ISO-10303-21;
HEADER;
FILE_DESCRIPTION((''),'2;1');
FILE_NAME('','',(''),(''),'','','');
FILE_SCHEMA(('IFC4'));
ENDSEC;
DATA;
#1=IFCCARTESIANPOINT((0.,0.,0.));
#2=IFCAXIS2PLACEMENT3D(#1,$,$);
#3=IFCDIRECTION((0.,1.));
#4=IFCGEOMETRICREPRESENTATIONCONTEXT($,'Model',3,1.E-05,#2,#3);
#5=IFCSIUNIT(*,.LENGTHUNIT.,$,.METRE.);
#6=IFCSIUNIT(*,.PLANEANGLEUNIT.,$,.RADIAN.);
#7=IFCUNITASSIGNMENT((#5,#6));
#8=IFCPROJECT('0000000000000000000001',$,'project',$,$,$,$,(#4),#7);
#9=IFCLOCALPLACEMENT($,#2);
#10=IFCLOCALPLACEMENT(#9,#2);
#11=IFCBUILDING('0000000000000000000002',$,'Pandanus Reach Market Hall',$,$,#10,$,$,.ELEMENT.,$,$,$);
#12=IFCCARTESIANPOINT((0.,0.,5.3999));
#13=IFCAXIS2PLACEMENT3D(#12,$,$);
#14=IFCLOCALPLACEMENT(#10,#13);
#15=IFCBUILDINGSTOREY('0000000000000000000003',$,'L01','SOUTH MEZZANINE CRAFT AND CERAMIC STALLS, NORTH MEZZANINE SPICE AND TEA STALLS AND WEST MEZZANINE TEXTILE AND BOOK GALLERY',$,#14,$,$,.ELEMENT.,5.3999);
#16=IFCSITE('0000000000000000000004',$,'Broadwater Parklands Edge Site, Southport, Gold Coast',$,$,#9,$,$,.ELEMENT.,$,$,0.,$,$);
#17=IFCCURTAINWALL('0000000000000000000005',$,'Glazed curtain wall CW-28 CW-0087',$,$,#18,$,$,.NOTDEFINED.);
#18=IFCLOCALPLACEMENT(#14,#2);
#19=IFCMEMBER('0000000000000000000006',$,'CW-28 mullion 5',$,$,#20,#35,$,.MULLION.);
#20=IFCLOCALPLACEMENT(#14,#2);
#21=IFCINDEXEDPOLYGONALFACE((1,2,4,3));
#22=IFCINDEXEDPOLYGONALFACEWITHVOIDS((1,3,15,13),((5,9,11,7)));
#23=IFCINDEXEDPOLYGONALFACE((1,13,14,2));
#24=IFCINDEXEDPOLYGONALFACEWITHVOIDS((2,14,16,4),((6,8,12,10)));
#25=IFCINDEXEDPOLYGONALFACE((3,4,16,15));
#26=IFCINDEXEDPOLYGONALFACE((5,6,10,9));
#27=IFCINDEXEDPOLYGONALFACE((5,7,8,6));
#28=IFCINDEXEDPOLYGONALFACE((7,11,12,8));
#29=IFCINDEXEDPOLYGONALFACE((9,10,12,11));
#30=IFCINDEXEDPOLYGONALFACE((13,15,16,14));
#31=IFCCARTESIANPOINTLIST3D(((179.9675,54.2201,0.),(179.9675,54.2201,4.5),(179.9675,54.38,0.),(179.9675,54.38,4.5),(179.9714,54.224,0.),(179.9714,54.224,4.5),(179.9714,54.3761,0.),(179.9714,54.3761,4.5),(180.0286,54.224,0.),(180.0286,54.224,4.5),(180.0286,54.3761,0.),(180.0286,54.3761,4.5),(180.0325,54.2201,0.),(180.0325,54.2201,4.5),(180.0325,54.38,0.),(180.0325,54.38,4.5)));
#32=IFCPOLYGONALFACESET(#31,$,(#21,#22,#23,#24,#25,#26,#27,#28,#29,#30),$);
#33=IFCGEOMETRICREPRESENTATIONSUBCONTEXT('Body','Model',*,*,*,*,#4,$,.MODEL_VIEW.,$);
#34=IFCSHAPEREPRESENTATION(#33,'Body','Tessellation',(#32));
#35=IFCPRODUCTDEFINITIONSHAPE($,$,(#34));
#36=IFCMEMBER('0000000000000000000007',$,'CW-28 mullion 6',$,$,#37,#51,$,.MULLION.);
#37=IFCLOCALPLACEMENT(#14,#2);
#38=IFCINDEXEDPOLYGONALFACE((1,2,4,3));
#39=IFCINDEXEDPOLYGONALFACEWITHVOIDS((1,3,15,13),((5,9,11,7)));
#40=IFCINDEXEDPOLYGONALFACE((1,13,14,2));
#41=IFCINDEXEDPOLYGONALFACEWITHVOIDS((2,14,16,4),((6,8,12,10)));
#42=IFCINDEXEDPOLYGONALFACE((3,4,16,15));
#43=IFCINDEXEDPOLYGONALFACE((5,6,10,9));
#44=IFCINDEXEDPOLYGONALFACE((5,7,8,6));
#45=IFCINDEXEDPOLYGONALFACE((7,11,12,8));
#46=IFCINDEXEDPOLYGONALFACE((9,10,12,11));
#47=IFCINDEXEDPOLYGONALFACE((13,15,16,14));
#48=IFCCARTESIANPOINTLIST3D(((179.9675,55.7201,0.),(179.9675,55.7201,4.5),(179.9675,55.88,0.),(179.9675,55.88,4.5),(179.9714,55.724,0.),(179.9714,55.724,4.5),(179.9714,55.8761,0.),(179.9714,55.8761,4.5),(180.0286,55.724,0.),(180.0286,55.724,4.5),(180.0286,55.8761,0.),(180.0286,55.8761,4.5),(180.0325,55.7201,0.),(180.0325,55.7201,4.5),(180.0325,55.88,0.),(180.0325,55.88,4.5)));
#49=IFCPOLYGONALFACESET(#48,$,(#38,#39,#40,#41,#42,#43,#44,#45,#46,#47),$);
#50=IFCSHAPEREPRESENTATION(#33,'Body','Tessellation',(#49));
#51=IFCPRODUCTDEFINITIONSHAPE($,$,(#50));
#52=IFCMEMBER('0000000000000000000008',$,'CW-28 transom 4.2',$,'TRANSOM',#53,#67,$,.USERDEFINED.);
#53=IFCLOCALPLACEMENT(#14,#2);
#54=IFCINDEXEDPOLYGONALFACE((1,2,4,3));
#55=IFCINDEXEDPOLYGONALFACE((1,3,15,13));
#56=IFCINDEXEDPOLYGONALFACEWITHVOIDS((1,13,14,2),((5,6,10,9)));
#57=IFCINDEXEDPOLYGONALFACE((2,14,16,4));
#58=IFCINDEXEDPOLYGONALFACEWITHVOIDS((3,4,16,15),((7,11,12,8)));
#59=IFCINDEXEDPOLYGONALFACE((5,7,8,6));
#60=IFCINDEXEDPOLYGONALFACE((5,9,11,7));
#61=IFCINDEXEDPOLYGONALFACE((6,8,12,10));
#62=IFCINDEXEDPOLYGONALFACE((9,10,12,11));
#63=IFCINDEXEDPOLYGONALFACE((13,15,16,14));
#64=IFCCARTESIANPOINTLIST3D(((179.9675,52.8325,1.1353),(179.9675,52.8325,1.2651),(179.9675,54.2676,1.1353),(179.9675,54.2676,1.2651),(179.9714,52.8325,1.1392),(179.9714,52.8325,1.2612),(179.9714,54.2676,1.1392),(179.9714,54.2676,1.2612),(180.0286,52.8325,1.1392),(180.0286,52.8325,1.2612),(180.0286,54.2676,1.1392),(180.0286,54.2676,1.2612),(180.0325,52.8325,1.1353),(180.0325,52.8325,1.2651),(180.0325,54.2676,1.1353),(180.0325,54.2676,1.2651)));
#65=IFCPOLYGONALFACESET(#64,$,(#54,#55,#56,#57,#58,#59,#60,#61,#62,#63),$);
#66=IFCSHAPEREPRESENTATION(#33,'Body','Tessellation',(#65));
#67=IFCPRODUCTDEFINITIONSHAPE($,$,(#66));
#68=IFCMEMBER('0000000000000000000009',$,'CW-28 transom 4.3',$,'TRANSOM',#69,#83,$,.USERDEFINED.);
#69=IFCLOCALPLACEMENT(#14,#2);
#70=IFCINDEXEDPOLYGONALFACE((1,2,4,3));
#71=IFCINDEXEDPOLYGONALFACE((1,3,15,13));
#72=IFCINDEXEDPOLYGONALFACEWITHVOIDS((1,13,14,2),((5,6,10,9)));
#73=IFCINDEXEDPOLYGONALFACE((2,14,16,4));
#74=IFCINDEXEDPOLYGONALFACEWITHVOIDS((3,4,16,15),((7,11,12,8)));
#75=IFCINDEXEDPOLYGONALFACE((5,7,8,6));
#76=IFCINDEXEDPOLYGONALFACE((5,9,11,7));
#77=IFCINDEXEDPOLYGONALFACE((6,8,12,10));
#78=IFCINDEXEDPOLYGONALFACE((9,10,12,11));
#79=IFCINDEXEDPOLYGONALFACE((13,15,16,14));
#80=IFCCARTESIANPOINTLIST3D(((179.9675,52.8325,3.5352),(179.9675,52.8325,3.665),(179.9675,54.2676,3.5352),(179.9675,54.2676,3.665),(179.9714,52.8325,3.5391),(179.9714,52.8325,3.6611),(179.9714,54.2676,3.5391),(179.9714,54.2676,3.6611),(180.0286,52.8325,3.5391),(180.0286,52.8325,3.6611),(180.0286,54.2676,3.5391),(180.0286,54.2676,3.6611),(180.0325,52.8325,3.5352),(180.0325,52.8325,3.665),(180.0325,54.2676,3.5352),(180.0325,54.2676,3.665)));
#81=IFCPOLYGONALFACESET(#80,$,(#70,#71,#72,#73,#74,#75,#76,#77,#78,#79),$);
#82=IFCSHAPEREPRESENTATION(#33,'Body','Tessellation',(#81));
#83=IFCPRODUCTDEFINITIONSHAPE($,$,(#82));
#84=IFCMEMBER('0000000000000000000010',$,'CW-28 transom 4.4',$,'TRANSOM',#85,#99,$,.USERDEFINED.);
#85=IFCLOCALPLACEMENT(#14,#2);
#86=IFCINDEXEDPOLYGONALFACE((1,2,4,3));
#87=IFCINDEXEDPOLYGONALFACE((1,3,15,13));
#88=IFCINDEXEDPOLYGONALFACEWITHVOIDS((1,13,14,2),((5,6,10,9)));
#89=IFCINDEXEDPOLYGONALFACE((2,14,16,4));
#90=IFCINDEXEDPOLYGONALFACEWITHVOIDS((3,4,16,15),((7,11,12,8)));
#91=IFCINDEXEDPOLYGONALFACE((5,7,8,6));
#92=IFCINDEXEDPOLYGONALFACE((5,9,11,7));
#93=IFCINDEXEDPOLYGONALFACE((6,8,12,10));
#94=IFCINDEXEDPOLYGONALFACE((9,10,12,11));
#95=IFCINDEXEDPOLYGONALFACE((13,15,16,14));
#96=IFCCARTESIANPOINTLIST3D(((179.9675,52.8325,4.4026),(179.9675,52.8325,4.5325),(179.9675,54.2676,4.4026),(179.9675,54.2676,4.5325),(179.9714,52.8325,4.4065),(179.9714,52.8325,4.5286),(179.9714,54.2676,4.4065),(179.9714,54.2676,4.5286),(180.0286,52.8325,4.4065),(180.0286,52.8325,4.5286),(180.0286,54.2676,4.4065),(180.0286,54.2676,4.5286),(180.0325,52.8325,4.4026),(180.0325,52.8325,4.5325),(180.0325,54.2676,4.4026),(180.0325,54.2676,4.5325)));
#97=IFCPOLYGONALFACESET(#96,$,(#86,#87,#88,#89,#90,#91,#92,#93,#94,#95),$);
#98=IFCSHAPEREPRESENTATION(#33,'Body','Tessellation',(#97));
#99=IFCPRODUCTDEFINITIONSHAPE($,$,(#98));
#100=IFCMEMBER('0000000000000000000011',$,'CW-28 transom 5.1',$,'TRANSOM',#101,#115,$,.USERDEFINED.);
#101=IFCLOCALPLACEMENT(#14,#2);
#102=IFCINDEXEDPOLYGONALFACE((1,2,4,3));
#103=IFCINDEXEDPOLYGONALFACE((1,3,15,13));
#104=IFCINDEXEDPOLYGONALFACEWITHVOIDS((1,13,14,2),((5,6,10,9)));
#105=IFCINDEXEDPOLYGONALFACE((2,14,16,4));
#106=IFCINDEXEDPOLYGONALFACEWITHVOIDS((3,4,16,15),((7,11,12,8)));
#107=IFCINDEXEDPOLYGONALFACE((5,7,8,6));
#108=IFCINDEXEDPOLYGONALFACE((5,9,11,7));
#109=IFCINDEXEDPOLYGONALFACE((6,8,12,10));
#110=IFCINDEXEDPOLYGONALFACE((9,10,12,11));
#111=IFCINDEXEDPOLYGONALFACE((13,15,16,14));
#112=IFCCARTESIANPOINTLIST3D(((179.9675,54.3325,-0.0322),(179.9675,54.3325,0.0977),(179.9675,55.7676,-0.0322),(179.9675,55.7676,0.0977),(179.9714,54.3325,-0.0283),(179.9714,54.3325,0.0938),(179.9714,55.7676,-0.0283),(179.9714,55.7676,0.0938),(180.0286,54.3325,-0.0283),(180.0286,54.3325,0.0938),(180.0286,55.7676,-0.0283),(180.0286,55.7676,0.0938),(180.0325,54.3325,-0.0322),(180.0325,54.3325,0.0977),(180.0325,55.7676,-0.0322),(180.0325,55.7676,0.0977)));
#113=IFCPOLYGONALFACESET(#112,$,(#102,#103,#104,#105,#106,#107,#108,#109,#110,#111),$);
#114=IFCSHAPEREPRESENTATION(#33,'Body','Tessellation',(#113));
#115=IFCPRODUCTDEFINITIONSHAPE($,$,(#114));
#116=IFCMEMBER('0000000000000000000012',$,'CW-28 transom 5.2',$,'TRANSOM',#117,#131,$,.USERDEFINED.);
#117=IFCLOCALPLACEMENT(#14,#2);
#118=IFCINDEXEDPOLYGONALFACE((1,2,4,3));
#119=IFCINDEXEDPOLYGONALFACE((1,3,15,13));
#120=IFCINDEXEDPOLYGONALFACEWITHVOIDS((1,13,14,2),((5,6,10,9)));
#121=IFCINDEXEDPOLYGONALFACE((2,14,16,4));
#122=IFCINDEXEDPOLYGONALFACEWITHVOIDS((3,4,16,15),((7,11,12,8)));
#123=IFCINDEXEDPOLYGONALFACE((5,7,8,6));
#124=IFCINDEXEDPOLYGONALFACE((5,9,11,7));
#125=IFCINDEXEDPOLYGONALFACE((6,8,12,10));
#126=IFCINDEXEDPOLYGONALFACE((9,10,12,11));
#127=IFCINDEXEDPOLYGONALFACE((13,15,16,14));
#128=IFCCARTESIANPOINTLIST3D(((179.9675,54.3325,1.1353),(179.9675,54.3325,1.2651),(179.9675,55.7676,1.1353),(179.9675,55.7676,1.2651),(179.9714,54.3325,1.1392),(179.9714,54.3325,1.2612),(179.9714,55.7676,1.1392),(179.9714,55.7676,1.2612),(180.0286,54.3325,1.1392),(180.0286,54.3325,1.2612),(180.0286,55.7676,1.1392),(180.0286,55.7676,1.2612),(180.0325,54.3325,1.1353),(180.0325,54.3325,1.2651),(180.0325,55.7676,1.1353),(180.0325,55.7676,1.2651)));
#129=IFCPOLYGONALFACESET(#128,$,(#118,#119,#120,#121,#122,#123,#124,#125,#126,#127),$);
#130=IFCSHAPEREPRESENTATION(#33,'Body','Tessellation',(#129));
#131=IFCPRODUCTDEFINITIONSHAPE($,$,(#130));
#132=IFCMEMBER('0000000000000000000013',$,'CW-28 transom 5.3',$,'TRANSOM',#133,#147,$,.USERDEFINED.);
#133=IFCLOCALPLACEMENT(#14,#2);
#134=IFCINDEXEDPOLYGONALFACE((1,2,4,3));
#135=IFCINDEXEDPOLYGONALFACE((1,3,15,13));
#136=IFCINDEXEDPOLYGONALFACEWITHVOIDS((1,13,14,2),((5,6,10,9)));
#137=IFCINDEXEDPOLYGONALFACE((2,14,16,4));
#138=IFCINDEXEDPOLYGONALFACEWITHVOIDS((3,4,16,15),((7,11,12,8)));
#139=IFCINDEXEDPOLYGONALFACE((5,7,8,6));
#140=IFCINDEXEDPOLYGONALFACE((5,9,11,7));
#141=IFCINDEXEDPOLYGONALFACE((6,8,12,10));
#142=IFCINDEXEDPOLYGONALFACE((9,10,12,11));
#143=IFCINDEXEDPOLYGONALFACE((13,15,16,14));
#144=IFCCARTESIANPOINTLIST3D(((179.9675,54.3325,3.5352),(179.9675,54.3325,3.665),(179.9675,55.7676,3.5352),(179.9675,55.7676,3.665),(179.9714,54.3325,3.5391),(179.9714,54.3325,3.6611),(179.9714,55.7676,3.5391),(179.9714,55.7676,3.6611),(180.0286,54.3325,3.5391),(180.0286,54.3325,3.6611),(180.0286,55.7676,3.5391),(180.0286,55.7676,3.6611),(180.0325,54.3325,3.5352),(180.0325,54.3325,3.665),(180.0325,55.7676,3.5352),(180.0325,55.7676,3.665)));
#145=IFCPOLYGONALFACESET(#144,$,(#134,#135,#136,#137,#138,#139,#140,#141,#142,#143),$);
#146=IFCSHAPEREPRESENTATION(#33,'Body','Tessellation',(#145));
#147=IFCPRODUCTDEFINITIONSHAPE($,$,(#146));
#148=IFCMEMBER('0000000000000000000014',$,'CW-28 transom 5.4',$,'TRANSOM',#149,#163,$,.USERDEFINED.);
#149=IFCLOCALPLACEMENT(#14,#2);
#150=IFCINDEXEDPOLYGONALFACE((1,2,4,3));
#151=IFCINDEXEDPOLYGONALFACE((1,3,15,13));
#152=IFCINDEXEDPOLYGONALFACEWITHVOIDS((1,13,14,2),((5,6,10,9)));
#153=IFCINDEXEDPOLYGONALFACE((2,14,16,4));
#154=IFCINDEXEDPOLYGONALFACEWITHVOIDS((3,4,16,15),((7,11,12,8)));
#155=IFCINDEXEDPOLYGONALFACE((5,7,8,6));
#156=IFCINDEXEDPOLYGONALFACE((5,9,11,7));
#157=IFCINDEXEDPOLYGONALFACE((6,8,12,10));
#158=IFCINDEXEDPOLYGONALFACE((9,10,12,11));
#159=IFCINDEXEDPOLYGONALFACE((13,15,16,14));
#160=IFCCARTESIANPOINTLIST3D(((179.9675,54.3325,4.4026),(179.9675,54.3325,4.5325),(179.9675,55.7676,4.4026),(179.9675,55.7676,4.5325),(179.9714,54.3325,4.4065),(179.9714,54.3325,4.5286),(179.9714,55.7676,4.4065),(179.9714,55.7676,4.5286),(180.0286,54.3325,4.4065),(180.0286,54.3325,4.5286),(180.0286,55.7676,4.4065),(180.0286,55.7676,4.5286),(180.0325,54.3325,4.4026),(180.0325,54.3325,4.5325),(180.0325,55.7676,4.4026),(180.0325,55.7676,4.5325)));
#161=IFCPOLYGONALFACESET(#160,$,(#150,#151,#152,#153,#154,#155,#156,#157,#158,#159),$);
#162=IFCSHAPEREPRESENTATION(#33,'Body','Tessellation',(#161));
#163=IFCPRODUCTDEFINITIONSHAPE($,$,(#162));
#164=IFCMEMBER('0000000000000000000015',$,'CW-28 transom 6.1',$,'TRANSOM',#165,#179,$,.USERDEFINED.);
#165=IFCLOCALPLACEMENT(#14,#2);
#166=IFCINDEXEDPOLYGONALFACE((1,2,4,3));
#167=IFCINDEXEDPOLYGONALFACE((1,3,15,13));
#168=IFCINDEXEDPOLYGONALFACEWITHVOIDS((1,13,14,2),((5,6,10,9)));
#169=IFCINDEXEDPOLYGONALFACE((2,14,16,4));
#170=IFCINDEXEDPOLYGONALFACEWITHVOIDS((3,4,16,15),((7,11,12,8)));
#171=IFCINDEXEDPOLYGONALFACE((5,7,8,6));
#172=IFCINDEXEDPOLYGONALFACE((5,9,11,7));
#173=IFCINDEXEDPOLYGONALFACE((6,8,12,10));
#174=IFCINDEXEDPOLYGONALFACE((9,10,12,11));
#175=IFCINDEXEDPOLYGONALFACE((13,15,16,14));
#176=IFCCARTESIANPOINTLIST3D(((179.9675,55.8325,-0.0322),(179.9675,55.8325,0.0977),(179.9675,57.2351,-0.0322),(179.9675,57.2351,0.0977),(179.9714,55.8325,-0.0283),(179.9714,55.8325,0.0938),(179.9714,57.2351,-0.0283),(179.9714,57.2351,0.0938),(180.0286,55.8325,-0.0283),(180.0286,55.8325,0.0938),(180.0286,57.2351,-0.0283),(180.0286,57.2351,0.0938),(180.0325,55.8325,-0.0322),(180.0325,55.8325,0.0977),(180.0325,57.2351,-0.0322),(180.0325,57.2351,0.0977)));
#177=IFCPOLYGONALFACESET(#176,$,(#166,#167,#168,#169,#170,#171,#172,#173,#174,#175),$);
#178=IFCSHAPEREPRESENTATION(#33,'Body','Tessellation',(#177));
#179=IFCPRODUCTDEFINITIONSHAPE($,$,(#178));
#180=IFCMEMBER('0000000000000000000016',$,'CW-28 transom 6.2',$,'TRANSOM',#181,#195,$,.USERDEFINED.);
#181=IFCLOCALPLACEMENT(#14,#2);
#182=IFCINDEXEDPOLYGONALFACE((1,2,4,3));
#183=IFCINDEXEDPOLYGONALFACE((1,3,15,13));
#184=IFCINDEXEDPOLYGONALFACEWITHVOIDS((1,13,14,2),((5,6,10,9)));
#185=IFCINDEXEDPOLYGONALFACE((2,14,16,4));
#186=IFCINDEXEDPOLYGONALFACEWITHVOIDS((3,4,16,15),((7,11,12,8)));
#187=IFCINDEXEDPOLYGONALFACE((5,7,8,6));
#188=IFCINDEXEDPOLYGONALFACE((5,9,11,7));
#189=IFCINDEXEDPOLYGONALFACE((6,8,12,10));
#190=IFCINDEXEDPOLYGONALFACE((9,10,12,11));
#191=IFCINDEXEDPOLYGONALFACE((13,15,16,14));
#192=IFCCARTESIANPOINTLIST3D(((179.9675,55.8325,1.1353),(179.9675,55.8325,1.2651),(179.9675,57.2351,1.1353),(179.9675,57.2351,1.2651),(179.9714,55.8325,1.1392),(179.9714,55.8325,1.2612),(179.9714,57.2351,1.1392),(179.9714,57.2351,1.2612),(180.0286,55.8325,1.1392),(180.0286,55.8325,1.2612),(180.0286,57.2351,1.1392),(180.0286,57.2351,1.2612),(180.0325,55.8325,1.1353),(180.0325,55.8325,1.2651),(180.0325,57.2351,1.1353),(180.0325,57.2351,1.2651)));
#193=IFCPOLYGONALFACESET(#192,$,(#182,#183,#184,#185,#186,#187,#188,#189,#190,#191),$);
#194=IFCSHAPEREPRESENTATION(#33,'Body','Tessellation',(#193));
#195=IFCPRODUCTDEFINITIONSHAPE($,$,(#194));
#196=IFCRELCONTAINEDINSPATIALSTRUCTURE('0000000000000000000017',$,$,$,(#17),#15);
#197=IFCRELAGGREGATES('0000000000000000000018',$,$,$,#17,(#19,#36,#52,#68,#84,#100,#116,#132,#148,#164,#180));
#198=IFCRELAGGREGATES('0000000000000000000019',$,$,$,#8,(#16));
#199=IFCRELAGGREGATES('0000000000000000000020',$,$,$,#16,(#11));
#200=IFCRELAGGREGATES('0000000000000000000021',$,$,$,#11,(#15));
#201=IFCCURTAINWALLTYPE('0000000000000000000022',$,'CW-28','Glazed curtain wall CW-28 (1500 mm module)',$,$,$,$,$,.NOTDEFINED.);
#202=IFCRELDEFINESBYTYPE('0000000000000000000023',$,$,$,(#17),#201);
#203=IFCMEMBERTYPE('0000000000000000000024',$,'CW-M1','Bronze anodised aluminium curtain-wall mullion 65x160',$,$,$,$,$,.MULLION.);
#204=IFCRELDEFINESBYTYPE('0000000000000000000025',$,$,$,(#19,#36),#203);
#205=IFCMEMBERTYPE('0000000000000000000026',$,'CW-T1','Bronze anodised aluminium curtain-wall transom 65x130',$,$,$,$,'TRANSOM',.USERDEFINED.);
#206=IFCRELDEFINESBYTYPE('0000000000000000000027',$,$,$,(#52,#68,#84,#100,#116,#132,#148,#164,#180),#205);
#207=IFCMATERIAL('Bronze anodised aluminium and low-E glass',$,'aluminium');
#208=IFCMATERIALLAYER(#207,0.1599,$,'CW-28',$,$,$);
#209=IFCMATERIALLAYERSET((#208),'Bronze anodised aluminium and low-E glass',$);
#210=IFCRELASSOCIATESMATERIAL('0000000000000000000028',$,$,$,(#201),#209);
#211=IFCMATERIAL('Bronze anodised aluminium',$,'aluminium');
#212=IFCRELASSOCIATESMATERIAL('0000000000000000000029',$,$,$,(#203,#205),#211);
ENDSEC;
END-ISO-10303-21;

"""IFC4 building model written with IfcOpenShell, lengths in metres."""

from ifc_helpers import new_model, si_unit, direction, frame, origin, origin_2d, place, context, subcontext, project, spatial, hollow_rectangle, extrude, material, layer, layer_set, material_profile, profile_set, type_object, element, aggregate, save


model = new_model("IFC4")

# Units and contexts
model_context = context("Model", 3, precision=1e-05, world=origin(), true_north=direction((0.0, 1.0)))
body_context = subcontext(model_context, "Body", "Model", "MODEL_VIEW")
ifc_project = project(units=[si_unit("LENGTHUNIT", "METRE"), si_unit("PLANEANGLEUNIT", "RADIAN")], contexts=[model_context])

# Site, building, storey
site_placement = place(None, origin())
site = spatial("IfcSite", under=ifc_project, at=site_placement, Name="Broadwater Parklands Edge Site, Southport, Gold Coast", CompositionType="ELEMENT", RefElevation=0.0)
building_placement = place(site_placement, origin())
building = spatial("IfcBuilding", under=site, at=building_placement, Name="Pandanus Reach Market Hall", CompositionType="ELEMENT")
storey_placement = place(building_placement, frame((0.0, 0.0, 5.3999)))
storey = spatial("IfcBuildingStorey", under=building, at=storey_placement, Name="L01", Description="SOUTH MEZZANINE CRAFT AND CERAMIC STALLS, NORTH MEZZANINE SPICE AND TEA STALLS AND WEST MEZZANINE TEXTILE AND BOOK GALLERY", CompositionType="ELEMENT", Elevation=5.3999)

# Curtain wall, members
ifc_material_1 = material(Name="Bronze anodised aluminium and low-E glass", Category="aluminium")
ifc_layer_1 = layer(ifc_material_1, 0.1599, Name="CW-28")
ifc_layer_set_1 = layer_set([ifc_layer_1], Name="Bronze anodised aluminium and low-E glass")
curtain_wall_type = type_object("IfcCurtainWallType", Name="CW-28", Description="Glazed curtain wall CW-28 (1500 mm module)", PredefinedType="NOTDEFINED", material=ifc_layer_set_1)
curtain_wall_placement = place(storey_placement, origin())
curtain_wall = element("IfcCurtainWall", 1, at=curtain_wall_placement, inside=storey, type_object=curtain_wall_type, Name="Glazed curtain wall CW-28 CW-0087", PredefinedType="NOTDEFINED")
ifc_material_2 = material(Name="Bronze anodised aluminium", Category="aluminium")
ifc_material_profile_1 = material_profile(ifc_material_2, hollow_rectangle(XDim=0.0649, YDim=0.1599, WallThickness=0.0039, at=origin_2d()), Name="ALU65x160", Category="LoadBearing")
ifc_profile_set_1 = profile_set([ifc_material_profile_1], Name="Bronze anodised aluminium")
member_type_1 = type_object("IfcMemberType", Name="CW-M1", Description="Bronze anodised aluminium curtain-wall mullion 65x160", PredefinedType="MULLION", material=ifc_profile_set_1)
member_1_placement = place(storey_placement, frame((180.0, 54.3, 0.0), z_axis=(0.0, 0.0, 1.0), x_axis=(-1.0, 0.0, 0.0)))
member_1 = element("IfcMember", 2, at=member_1_placement, type_object=member_type_1, Name="CW-28 mullion 5", PredefinedType="MULLION", context=body_context, shape_type="SweptSolid", body=[
    extrude(hollow_rectangle(XDim=0.0649, YDim=0.1599, WallThickness=0.0039, at=origin_2d()), origin(), (0.0, 0.0, 1.0), 4.5),
])
member_2_placement = place(storey_placement, frame((180.0, 55.8, 0.0), z_axis=(0.0, 0.0, 1.0), x_axis=(-1.0, 0.0, 0.0)))
member_2 = element("IfcMember", 3, at=member_2_placement, type_object=member_type_1, Name="CW-28 mullion 6", PredefinedType="MULLION", context=body_context, shape_type="SweptSolid", body=[
    extrude(hollow_rectangle(XDim=0.0649, YDim=0.1599, WallThickness=0.0039, at=origin_2d()), origin(), (0.0, 0.0, 1.0), 4.5),
])
ifc_material_profile_2 = material_profile(ifc_material_2, hollow_rectangle(XDim=0.0649, YDim=0.1299, WallThickness=0.0039, at=origin_2d()), Name="ALU65x130", Category="LoadBearing")
ifc_profile_set_2 = profile_set([ifc_material_profile_2], Name="Bronze anodised aluminium")
member_type_2 = type_object("IfcMemberType", Name="CW-T1", Description="Bronze anodised aluminium curtain-wall transom 65x130", ElementType="TRANSOM", PredefinedType="USERDEFINED", material=ifc_profile_set_2)
member_3_placement = place(storey_placement, frame((180.0, 52.8325, 1.2002), z_axis=(0.0, 1.0, 0.0), x_axis=(-1.0, 0.0, 0.0)))
member_3 = element("IfcMember", 4, at=member_3_placement, type_object=member_type_2, Name="CW-28 transom 4.2", ObjectType="TRANSOM", PredefinedType="USERDEFINED", context=body_context, shape_type="SweptSolid", body=[
    extrude(hollow_rectangle(XDim=0.0649, YDim=0.1299, WallThickness=0.0039, at=origin_2d()), origin(), (0.0, 0.0, 1.0), 1.4351),
])
member_4_placement = place(storey_placement, frame((180.0, 52.8325, 3.6001), z_axis=(0.0, 1.0, 0.0), x_axis=(-1.0, 0.0, 0.0)))
member_4 = element("IfcMember", 5, at=member_4_placement, type_object=member_type_2, Name="CW-28 transom 4.3", ObjectType="TRANSOM", PredefinedType="USERDEFINED", context=body_context, shape_type="SweptSolid", body=[
    extrude(hollow_rectangle(XDim=0.0649, YDim=0.1299, WallThickness=0.0039, at=origin_2d()), origin(), (0.0, 0.0, 1.0), 1.4351),
])
member_5_placement = place(storey_placement, frame((180.0, 52.8325, 4.4675), z_axis=(0.0, 1.0, 0.0), x_axis=(-1.0, 0.0, 0.0)))
member_5 = element("IfcMember", 6, at=member_5_placement, type_object=member_type_2, Name="CW-28 transom 4.4", ObjectType="TRANSOM", PredefinedType="USERDEFINED", context=body_context, shape_type="SweptSolid", body=[
    extrude(hollow_rectangle(XDim=0.0649, YDim=0.1299, WallThickness=0.0039, at=origin_2d()), origin(), (0.0, 0.0, 1.0), 1.4351),
])
member_6_placement = place(storey_placement, frame((180.0, 54.3325, 0.0327), z_axis=(0.0, 1.0, 0.0), x_axis=(-1.0, 0.0, 0.0)))
member_6 = element("IfcMember", 7, at=member_6_placement, type_object=member_type_2, Name="CW-28 transom 5.1", ObjectType="TRANSOM", PredefinedType="USERDEFINED", context=body_context, shape_type="SweptSolid", body=[
    extrude(hollow_rectangle(XDim=0.0649, YDim=0.1299, WallThickness=0.0039, at=origin_2d()), origin(), (0.0, 0.0, 1.0), 1.4351),
])
member_7_placement = place(storey_placement, frame((180.0, 54.3325, 1.2002), z_axis=(0.0, 1.0, 0.0), x_axis=(-1.0, 0.0, 0.0)))
member_7 = element("IfcMember", 8, at=member_7_placement, type_object=member_type_2, Name="CW-28 transom 5.2", ObjectType="TRANSOM", PredefinedType="USERDEFINED", context=body_context, shape_type="SweptSolid", body=[
    extrude(hollow_rectangle(XDim=0.0649, YDim=0.1299, WallThickness=0.0039, at=origin_2d()), origin(), (0.0, 0.0, 1.0), 1.4351),
])
member_8_placement = place(storey_placement, frame((180.0, 54.3325, 3.6001), z_axis=(0.0, 1.0, 0.0), x_axis=(-1.0, 0.0, 0.0)))
member_8 = element("IfcMember", 9, at=member_8_placement, type_object=member_type_2, Name="CW-28 transom 5.3", ObjectType="TRANSOM", PredefinedType="USERDEFINED", context=body_context, shape_type="SweptSolid", body=[
    extrude(hollow_rectangle(XDim=0.0649, YDim=0.1299, WallThickness=0.0039, at=origin_2d()), origin(), (0.0, 0.0, 1.0), 1.4351),
])
member_9_placement = place(storey_placement, frame((180.0, 54.3325, 4.4675), z_axis=(0.0, 1.0, 0.0), x_axis=(-1.0, 0.0, 0.0)))
member_9 = element("IfcMember", 10, at=member_9_placement, type_object=member_type_2, Name="CW-28 transom 5.4", ObjectType="TRANSOM", PredefinedType="USERDEFINED", context=body_context, shape_type="SweptSolid", body=[
    extrude(hollow_rectangle(XDim=0.0649, YDim=0.1299, WallThickness=0.0039, at=origin_2d()), origin(), (0.0, 0.0, 1.0), 1.4351),
])
member_10_placement = place(storey_placement, frame((180.0, 55.8325, 0.0327), z_axis=(0.0, 1.0, 0.0), x_axis=(-1.0, 0.0, 0.0)))
member_10 = element("IfcMember", 11, at=member_10_placement, type_object=member_type_2, Name="CW-28 transom 6.1", ObjectType="TRANSOM", PredefinedType="USERDEFINED", context=body_context, shape_type="SweptSolid", body=[
    extrude(hollow_rectangle(XDim=0.0649, YDim=0.1299, WallThickness=0.0039, at=origin_2d()), origin(), (0.0, 0.0, 1.0), 1.4026),
])
member_11_placement = place(storey_placement, frame((180.0, 55.8325, 1.2002), z_axis=(0.0, 1.0, 0.0), x_axis=(-1.0, 0.0, 0.0)))
member_11 = element("IfcMember", 12, at=member_11_placement, type_object=member_type_2, Name="CW-28 transom 6.2", ObjectType="TRANSOM", PredefinedType="USERDEFINED", context=body_context, shape_type="SweptSolid", body=[
    extrude(hollow_rectangle(XDim=0.0649, YDim=0.1299, WallThickness=0.0039, at=origin_2d()), origin(), (0.0, 0.0, 1.0), 1.4026),
])
aggregate(curtain_wall, [member_1, member_2, member_3, member_4, member_5, member_6, member_7, member_8, member_9, member_10, member_11])

save(model, "model.ifc")
